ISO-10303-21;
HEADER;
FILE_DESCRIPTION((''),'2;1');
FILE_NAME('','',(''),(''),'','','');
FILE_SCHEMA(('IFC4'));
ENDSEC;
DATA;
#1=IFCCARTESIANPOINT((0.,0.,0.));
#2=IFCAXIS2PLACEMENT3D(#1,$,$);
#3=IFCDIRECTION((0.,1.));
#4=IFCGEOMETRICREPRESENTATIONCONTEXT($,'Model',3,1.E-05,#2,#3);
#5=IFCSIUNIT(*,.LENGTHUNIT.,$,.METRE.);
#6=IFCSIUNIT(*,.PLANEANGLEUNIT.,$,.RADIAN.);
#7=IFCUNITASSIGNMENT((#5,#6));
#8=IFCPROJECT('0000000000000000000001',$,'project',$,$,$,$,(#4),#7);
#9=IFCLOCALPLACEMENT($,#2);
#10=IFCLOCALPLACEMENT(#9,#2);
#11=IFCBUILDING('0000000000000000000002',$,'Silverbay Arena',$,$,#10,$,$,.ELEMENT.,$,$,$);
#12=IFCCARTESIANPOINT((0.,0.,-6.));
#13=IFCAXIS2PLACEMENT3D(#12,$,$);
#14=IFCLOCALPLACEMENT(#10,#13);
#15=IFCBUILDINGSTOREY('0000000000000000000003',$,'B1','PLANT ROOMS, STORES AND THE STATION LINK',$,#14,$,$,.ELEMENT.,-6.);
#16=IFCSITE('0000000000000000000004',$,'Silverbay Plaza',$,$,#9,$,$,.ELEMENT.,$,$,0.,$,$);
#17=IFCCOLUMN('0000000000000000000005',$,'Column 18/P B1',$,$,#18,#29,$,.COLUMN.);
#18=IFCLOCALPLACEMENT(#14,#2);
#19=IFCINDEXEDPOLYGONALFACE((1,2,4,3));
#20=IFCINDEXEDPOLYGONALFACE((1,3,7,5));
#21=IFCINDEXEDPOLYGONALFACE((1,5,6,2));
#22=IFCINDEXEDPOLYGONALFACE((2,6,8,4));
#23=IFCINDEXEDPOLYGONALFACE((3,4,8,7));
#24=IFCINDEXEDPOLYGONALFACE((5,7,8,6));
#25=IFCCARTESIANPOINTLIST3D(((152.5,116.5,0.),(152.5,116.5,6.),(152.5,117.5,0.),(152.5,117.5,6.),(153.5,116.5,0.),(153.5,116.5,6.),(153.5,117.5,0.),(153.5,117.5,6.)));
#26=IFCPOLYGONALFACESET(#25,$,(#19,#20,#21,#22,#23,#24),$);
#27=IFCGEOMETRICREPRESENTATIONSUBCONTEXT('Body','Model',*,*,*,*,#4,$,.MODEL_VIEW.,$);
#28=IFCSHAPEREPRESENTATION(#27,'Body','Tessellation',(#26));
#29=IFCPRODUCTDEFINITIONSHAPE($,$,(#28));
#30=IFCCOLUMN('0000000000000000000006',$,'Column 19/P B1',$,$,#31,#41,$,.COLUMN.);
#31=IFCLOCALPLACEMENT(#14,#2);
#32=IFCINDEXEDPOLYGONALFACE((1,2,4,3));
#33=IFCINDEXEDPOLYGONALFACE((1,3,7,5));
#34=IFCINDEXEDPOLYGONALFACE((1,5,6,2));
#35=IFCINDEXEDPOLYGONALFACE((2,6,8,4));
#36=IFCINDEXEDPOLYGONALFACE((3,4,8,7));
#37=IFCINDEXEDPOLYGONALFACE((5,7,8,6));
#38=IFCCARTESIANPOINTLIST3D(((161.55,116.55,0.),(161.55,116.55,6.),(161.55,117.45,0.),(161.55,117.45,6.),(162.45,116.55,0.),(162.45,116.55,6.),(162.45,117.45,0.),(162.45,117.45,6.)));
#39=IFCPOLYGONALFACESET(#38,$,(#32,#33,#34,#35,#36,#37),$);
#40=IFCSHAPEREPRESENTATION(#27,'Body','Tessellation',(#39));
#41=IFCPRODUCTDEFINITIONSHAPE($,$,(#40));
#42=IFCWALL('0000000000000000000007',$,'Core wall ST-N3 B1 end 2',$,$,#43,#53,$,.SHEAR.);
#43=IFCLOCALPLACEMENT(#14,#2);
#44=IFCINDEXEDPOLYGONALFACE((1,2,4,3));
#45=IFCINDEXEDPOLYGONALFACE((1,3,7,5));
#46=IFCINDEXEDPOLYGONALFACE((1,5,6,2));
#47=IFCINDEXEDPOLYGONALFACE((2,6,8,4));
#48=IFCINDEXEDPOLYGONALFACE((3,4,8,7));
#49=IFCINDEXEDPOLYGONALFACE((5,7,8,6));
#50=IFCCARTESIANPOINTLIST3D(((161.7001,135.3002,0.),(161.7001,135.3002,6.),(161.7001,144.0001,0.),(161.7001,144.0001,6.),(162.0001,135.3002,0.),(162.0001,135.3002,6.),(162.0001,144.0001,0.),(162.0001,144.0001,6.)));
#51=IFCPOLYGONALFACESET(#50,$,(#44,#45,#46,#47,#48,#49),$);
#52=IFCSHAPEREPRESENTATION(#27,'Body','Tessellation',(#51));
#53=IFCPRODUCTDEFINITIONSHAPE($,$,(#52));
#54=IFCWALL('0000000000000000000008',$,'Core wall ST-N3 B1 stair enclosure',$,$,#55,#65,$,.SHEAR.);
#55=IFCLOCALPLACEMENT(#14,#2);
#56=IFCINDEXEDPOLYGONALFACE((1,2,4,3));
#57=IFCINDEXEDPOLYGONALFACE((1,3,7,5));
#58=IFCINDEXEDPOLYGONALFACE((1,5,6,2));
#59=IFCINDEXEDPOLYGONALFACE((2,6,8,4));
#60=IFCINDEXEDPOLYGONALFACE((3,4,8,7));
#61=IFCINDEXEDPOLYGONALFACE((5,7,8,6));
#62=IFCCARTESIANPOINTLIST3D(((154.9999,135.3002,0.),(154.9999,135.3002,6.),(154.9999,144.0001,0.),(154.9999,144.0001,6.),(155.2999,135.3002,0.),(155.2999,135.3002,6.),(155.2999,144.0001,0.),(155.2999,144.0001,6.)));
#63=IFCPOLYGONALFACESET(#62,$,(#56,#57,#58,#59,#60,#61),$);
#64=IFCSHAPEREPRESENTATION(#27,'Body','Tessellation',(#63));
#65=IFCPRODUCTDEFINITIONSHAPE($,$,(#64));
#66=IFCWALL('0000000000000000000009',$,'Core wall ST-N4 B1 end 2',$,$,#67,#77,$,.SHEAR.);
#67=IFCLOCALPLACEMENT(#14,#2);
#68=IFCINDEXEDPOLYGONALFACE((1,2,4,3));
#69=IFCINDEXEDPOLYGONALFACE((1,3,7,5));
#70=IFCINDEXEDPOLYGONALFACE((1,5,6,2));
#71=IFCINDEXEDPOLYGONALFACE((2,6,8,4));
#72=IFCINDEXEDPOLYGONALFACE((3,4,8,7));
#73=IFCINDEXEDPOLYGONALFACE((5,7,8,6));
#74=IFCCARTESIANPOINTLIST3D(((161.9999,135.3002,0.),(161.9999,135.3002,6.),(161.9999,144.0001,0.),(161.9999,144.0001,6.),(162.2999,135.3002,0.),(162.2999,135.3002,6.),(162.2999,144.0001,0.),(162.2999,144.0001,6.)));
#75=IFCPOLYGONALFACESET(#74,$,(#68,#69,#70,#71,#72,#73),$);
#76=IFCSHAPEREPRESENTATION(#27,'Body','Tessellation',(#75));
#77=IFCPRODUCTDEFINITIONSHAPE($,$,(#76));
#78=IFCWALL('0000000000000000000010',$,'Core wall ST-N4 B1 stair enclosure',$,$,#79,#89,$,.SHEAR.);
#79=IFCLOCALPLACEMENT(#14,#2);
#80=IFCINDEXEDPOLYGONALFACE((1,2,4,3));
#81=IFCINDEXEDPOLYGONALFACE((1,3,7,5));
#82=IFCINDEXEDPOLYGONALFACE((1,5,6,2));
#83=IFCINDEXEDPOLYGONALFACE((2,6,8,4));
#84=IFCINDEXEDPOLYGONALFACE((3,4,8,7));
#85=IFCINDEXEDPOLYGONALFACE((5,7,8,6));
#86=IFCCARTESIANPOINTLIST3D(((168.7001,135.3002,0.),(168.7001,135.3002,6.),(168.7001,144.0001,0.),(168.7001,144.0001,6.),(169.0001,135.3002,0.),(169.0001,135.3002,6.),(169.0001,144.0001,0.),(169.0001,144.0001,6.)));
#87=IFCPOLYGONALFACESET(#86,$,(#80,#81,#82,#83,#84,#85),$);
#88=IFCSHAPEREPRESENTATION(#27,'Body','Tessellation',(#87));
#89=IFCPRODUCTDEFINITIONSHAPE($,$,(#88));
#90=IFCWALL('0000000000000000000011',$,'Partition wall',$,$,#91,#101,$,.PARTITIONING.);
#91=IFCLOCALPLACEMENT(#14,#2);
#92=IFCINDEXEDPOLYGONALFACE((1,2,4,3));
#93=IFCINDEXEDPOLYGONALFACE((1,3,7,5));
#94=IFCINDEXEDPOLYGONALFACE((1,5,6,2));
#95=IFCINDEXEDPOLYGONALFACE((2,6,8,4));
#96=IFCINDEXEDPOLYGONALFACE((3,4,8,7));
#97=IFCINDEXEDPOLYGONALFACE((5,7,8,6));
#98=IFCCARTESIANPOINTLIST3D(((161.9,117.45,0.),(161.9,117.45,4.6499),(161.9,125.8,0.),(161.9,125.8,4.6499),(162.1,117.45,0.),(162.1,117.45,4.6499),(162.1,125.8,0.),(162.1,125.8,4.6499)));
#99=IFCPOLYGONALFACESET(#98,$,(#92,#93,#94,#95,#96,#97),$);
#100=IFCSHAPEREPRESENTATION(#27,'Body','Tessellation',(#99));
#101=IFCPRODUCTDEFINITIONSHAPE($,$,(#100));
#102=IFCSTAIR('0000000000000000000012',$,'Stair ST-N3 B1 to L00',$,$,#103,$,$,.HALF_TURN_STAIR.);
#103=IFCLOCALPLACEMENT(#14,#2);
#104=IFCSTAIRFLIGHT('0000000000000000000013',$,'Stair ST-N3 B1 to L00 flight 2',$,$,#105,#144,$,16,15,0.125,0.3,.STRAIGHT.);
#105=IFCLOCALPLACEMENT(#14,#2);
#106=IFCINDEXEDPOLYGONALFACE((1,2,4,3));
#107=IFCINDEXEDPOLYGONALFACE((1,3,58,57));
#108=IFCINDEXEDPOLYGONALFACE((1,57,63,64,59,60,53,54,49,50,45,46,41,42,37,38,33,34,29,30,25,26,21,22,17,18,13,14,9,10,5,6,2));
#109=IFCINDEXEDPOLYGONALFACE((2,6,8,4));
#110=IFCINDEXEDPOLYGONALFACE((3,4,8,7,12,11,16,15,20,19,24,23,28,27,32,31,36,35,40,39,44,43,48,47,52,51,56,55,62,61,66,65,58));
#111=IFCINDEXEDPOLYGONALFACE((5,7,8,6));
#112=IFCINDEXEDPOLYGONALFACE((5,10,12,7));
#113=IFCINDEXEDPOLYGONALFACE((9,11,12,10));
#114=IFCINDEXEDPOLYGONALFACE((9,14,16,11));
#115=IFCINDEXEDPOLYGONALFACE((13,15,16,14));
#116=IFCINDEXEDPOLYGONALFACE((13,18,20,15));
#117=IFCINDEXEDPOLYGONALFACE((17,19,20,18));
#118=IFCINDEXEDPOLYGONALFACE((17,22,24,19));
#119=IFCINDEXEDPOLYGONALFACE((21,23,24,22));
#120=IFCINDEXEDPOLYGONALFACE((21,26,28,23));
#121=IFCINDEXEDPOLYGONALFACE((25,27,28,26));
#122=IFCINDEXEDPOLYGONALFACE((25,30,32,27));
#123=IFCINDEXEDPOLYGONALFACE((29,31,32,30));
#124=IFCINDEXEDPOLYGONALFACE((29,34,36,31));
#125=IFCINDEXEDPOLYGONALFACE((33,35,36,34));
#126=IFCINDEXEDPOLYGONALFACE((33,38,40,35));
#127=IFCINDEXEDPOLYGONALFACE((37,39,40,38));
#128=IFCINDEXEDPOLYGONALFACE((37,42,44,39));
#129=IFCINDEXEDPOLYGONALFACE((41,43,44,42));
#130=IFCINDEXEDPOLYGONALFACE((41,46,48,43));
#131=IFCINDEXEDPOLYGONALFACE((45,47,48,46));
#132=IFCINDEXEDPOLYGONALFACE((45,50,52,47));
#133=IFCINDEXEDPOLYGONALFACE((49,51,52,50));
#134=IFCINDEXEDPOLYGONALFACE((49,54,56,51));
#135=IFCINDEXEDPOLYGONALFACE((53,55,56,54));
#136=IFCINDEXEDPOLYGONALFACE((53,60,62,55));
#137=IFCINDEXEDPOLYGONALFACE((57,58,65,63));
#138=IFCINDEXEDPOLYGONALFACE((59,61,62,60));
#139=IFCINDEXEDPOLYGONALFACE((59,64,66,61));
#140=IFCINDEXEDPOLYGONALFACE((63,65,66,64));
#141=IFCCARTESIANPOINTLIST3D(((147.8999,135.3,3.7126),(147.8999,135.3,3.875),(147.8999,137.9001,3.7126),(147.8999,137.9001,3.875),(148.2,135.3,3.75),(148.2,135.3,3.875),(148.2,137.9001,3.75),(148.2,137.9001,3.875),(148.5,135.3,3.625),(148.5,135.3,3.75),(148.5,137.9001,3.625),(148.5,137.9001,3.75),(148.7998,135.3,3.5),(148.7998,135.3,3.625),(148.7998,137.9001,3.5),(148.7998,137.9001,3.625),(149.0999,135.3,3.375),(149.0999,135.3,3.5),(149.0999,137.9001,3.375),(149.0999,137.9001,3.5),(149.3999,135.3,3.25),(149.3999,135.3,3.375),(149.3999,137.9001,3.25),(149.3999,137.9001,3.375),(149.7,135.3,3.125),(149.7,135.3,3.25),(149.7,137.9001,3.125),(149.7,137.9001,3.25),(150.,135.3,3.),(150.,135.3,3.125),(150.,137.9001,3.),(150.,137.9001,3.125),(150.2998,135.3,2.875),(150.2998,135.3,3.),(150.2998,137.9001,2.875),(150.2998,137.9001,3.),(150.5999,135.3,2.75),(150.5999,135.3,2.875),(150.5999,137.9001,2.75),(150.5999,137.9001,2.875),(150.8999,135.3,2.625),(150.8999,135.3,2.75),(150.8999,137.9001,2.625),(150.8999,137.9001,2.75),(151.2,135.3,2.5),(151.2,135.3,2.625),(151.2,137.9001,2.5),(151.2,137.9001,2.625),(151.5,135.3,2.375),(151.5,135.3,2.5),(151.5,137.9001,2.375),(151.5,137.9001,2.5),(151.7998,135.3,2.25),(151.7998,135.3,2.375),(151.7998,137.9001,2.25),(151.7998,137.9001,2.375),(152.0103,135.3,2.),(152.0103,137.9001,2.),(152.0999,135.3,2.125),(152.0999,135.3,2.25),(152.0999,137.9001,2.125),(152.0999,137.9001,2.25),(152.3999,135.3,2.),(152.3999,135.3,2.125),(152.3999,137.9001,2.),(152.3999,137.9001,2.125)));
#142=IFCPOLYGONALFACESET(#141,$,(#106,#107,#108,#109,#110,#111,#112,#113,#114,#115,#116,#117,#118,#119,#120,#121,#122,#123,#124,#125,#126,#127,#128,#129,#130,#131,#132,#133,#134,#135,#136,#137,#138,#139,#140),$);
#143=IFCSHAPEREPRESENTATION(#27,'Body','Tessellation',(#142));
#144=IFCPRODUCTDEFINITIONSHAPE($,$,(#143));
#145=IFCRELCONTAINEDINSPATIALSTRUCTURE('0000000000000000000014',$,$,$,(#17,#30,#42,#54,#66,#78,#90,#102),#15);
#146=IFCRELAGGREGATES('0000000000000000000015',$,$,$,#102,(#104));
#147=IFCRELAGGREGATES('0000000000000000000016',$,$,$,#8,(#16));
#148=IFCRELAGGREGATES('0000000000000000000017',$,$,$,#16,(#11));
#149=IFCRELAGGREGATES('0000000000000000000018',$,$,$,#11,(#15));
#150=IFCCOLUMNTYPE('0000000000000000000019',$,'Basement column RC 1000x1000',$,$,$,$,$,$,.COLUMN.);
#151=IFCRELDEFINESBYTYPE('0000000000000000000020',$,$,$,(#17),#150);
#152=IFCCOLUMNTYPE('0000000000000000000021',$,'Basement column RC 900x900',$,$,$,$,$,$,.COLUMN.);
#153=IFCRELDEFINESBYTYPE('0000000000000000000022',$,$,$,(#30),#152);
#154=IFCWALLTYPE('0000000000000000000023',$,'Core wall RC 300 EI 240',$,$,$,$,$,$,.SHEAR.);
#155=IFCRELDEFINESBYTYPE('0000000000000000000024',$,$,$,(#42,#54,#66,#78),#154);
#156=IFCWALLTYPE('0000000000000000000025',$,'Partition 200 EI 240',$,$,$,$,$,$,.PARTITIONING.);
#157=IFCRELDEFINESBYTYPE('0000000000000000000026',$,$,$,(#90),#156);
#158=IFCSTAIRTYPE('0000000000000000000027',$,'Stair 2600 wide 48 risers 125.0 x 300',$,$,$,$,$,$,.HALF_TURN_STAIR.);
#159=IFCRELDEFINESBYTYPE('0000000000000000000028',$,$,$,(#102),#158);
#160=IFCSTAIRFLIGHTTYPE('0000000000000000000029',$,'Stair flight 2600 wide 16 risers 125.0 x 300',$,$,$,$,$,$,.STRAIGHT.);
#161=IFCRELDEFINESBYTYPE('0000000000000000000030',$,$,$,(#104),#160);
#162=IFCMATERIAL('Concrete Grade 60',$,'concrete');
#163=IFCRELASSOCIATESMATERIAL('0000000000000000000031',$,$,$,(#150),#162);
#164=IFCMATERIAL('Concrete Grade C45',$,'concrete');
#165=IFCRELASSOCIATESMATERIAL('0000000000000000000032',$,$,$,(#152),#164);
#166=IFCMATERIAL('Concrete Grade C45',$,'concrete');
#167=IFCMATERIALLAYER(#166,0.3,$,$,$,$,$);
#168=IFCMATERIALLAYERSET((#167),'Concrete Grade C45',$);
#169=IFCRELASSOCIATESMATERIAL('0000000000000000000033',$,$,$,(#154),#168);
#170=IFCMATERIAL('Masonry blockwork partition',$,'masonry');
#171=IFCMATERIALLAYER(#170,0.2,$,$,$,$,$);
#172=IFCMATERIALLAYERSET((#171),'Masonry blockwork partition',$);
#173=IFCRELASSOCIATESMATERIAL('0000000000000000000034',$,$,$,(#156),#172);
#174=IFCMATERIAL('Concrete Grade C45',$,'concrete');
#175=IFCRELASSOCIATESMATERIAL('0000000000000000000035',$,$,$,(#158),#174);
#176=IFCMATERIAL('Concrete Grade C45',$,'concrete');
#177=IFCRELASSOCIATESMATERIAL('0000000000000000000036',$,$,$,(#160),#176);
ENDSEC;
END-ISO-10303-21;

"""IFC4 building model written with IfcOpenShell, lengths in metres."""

from ifc_helpers import new_model, si_unit, direction, frame, frame_2d, origin, origin_2d, place, context, subcontext, project, spatial, polyline, rectangle, outline, extrude, material, layer, layer_set, material_profile, profile_set, type_object, element, aggregate, save


model = new_model("IFC4")

# Units and contexts
model_context = context("Model", 3, precision=1e-05, world=origin(), true_north=direction((0.0, 1.0)))
body_context = subcontext(model_context, "Body", "Model", "MODEL_VIEW")
ifc_project = project(units=[si_unit("LENGTHUNIT", "METRE"), si_unit("PLANEANGLEUNIT", "RADIAN")], contexts=[model_context])

# Site, building, storey
site_placement = place(None, origin())
site = spatial("IfcSite", under=ifc_project, at=site_placement, Name="Silverbay Plaza", CompositionType="ELEMENT", RefElevation=0.0)
building_placement = place(site_placement, origin())
building = spatial("IfcBuilding", under=site, at=building_placement, Name="Silverbay Arena", CompositionType="ELEMENT")
storey_placement = place(building_placement, frame((0.0, 0.0, -6.0)))
storey = spatial("IfcBuildingStorey", under=building, at=storey_placement, Name="B1", Description="PLANT ROOMS, STORES AND THE STATION LINK", CompositionType="ELEMENT", Elevation=-6.0)

# Columns
ifc_material_1 = material(Name="Concrete Grade 60", Category="concrete")
ifc_material_profile_1 = material_profile(ifc_material_1, rectangle(XDim=1.0, YDim=1.0, at=origin_2d()), Name="RC 1000x1000")
ifc_profile_set_1 = profile_set([ifc_material_profile_1], Name="Concrete Grade 60")
column_type_1 = type_object("IfcColumnType", Name="Basement column RC 1000x1000", PredefinedType="COLUMN", material=ifc_profile_set_1)
column_1_placement = place(storey_placement, frame((153.0, 117.0, 0.0), z_axis=(0.0, 0.0, 1.0), x_axis=(1.0, 0.0, 0.0)))
element("IfcColumn", 1, at=column_1_placement, inside=storey, type_object=column_type_1, Name="Column 18/P B1", PredefinedType="COLUMN", context=body_context, shape_type="SweptSolid", body=[
    extrude(rectangle(XDim=1.0, YDim=1.0, at=origin_2d()), origin(), (0.0, 0.0, 1.0), 6.0),
])
ifc_material_2 = material(Name="Concrete Grade C45", Category="concrete")
ifc_material_profile_2 = material_profile(ifc_material_2, rectangle(XDim=0.8999, YDim=0.8999, at=origin_2d()), Name="RC 900x900")
ifc_profile_set_2 = profile_set([ifc_material_profile_2], Name="Concrete Grade C45")
column_type_2 = type_object("IfcColumnType", Name="Basement column RC 900x900", PredefinedType="COLUMN", material=ifc_profile_set_2)
column_2_placement = place(storey_placement, frame((162.0, 117.0, 0.0), z_axis=(0.0, 0.0, 1.0), x_axis=(1.0, 0.0, 0.0)))
element("IfcColumn", 2, at=column_2_placement, inside=storey, type_object=column_type_2, Name="Column 19/P B1", PredefinedType="COLUMN", context=body_context, shape_type="SweptSolid", body=[
    extrude(rectangle(XDim=0.8999, YDim=0.8999, at=origin_2d()), origin(), (0.0, 0.0, 1.0), 6.0),
])

# Walls
ifc_material_3 = material(Name="Concrete Grade C45", Category="concrete")
ifc_layer_1 = layer(ifc_material_3, 0.3)
ifc_layer_set_1 = layer_set([ifc_layer_1], Name="Concrete Grade C45")
wall_type_1 = type_object("IfcWallType", Name="Core wall RC 300 EI 240", PredefinedType="SHEAR", material=ifc_layer_set_1)
for number, where, z_axis, x_axis, name in (
    (3, (161.8501, 135.3, 0.0), (0.0, 0.0, 1.0), (0.0, 1.0, 0.0), "Core wall ST-N3 B1 end 2"),
    (4, (155.1499, 135.3, 0.0), (0.0, 0.0, 1.0), (0.0, 1.0, 0.0), "Core wall ST-N3 B1 stair enclosure"),
    (5, (162.1499, 135.3, 0.0), (0.0, 0.0, 1.0), (0.0, 1.0, 0.0), "Core wall ST-N4 B1 end 2"),
    (6, (168.8501, 135.3, 0.0), (0.0, 0.0, 1.0), (0.0, 1.0, 0.0), "Core wall ST-N4 B1 stair enclosure"),
):
    element("IfcWall", number, at=place(storey_placement, frame(where, z_axis=z_axis, x_axis=x_axis)), inside=storey, type_object=wall_type_1, Name=name, PredefinedType="SHEAR", context=body_context, shape_type="SweptSolid", body=[
        extrude(rectangle(XDim=8.7, YDim=0.3, at=frame_2d((4.3501, 0.0))), origin(), (0.0, 0.0, 1.0), 6.0),
    ])
ifc_material_4 = material(Name="Masonry blockwork partition", Category="masonry")
ifc_layer_2 = layer(ifc_material_4, 0.2)
ifc_layer_set_2 = layer_set([ifc_layer_2], Name="Masonry blockwork partition")
wall_type_2 = type_object("IfcWallType", Name="Partition 200 EI 240", PredefinedType="PARTITIONING", material=ifc_layer_set_2)
wall_placement = place(storey_placement, frame((162.0, 117.45, 0.0), z_axis=(0.0, 0.0, 1.0), x_axis=(0.0, 1.0, 0.0)))
element("IfcWall", 7, at=wall_placement, inside=storey, type_object=wall_type_2, Name="Partition wall", PredefinedType="PARTITIONING", context=body_context, shape_type="SweptSolid", body=[
    extrude(rectangle(XDim=8.3501, YDim=0.2, at=frame_2d((4.175, 0.0))), origin(), (0.0, 0.0, 1.0), 4.6499),
])

# Stair, stair flight
ifc_material_5 = material(Name="Concrete Grade C45", Category="concrete")
stair_type = type_object("IfcStairType", Name="Stair 2600 wide 48 risers 125.0 x 300", PredefinedType="HALF_TURN_STAIR", material=ifc_material_5)
stair_placement = place(storey_placement, origin())
stair = element("IfcStair", 8, at=stair_placement, inside=storey, type_object=stair_type, Name="Stair ST-N3 B1 to L00", PredefinedType="HALF_TURN_STAIR")
ifc_material_6 = material(Name="Concrete Grade C45", Category="concrete")
stair_flight_type = type_object("IfcStairFlightType", Name="Stair flight 2600 wide 16 risers 125.0 x 300", PredefinedType="STRAIGHT", material=ifc_material_6)
stair_flight_placement = place(storey_placement, frame((152.3999, 136.6001, 2.0), z_axis=(0.0, 0.0, 1.0), x_axis=(-1.0, 0.0, 0.0)))
stair_flight = element("IfcStairFlight", 9, at=stair_flight_placement, type_object=stair_flight_type, Name="Stair ST-N3 B1 to L00 flight 2", NumberOfRisers=16, NumberOfTreads=15, PredefinedType="STRAIGHT", RiserHeight=0.125, TreadLength=0.3, context=body_context, shape_type="SweptSolid", body=[
    extrude(outline(polyline([(0.0, 0.0), (0.0, 0.125), (0.3, 0.125), (0.3, 0.25), (0.6001, 0.25), (0.6001, 0.375), (0.8999, 0.375), (0.8999, 0.5), (1.2, 0.5), (1.2, 0.625), (1.5, 0.625), (1.5, 0.75), (1.8, 0.75), (1.8, 0.875), (2.1001, 0.875), (2.1001, 1.0), (2.3999, 1.0), (2.3999, 1.125), (2.7, 1.125), (2.7, 1.25), (3.0, 1.25), (3.0, 1.375), (3.3, 1.375), (3.3, 1.5), (3.6001, 1.5), (3.6001, 1.625), (3.8999, 1.625), (3.8999, 1.75), (4.2, 1.75), (4.2, 1.875), (4.5, 1.875), (4.5, 1.7126), (0.3896, 0.0), (0.0, 0.0)])), frame((0.0, 1.3, 0.0), z_axis=(0.0, -1.0, 0.0), x_axis=(1.0, 0.0, 0.0)), (0.0, 0.0, 1.0), 2.6001),
])
aggregate(stair, [stair_flight])

save(model, "model.ifc")
